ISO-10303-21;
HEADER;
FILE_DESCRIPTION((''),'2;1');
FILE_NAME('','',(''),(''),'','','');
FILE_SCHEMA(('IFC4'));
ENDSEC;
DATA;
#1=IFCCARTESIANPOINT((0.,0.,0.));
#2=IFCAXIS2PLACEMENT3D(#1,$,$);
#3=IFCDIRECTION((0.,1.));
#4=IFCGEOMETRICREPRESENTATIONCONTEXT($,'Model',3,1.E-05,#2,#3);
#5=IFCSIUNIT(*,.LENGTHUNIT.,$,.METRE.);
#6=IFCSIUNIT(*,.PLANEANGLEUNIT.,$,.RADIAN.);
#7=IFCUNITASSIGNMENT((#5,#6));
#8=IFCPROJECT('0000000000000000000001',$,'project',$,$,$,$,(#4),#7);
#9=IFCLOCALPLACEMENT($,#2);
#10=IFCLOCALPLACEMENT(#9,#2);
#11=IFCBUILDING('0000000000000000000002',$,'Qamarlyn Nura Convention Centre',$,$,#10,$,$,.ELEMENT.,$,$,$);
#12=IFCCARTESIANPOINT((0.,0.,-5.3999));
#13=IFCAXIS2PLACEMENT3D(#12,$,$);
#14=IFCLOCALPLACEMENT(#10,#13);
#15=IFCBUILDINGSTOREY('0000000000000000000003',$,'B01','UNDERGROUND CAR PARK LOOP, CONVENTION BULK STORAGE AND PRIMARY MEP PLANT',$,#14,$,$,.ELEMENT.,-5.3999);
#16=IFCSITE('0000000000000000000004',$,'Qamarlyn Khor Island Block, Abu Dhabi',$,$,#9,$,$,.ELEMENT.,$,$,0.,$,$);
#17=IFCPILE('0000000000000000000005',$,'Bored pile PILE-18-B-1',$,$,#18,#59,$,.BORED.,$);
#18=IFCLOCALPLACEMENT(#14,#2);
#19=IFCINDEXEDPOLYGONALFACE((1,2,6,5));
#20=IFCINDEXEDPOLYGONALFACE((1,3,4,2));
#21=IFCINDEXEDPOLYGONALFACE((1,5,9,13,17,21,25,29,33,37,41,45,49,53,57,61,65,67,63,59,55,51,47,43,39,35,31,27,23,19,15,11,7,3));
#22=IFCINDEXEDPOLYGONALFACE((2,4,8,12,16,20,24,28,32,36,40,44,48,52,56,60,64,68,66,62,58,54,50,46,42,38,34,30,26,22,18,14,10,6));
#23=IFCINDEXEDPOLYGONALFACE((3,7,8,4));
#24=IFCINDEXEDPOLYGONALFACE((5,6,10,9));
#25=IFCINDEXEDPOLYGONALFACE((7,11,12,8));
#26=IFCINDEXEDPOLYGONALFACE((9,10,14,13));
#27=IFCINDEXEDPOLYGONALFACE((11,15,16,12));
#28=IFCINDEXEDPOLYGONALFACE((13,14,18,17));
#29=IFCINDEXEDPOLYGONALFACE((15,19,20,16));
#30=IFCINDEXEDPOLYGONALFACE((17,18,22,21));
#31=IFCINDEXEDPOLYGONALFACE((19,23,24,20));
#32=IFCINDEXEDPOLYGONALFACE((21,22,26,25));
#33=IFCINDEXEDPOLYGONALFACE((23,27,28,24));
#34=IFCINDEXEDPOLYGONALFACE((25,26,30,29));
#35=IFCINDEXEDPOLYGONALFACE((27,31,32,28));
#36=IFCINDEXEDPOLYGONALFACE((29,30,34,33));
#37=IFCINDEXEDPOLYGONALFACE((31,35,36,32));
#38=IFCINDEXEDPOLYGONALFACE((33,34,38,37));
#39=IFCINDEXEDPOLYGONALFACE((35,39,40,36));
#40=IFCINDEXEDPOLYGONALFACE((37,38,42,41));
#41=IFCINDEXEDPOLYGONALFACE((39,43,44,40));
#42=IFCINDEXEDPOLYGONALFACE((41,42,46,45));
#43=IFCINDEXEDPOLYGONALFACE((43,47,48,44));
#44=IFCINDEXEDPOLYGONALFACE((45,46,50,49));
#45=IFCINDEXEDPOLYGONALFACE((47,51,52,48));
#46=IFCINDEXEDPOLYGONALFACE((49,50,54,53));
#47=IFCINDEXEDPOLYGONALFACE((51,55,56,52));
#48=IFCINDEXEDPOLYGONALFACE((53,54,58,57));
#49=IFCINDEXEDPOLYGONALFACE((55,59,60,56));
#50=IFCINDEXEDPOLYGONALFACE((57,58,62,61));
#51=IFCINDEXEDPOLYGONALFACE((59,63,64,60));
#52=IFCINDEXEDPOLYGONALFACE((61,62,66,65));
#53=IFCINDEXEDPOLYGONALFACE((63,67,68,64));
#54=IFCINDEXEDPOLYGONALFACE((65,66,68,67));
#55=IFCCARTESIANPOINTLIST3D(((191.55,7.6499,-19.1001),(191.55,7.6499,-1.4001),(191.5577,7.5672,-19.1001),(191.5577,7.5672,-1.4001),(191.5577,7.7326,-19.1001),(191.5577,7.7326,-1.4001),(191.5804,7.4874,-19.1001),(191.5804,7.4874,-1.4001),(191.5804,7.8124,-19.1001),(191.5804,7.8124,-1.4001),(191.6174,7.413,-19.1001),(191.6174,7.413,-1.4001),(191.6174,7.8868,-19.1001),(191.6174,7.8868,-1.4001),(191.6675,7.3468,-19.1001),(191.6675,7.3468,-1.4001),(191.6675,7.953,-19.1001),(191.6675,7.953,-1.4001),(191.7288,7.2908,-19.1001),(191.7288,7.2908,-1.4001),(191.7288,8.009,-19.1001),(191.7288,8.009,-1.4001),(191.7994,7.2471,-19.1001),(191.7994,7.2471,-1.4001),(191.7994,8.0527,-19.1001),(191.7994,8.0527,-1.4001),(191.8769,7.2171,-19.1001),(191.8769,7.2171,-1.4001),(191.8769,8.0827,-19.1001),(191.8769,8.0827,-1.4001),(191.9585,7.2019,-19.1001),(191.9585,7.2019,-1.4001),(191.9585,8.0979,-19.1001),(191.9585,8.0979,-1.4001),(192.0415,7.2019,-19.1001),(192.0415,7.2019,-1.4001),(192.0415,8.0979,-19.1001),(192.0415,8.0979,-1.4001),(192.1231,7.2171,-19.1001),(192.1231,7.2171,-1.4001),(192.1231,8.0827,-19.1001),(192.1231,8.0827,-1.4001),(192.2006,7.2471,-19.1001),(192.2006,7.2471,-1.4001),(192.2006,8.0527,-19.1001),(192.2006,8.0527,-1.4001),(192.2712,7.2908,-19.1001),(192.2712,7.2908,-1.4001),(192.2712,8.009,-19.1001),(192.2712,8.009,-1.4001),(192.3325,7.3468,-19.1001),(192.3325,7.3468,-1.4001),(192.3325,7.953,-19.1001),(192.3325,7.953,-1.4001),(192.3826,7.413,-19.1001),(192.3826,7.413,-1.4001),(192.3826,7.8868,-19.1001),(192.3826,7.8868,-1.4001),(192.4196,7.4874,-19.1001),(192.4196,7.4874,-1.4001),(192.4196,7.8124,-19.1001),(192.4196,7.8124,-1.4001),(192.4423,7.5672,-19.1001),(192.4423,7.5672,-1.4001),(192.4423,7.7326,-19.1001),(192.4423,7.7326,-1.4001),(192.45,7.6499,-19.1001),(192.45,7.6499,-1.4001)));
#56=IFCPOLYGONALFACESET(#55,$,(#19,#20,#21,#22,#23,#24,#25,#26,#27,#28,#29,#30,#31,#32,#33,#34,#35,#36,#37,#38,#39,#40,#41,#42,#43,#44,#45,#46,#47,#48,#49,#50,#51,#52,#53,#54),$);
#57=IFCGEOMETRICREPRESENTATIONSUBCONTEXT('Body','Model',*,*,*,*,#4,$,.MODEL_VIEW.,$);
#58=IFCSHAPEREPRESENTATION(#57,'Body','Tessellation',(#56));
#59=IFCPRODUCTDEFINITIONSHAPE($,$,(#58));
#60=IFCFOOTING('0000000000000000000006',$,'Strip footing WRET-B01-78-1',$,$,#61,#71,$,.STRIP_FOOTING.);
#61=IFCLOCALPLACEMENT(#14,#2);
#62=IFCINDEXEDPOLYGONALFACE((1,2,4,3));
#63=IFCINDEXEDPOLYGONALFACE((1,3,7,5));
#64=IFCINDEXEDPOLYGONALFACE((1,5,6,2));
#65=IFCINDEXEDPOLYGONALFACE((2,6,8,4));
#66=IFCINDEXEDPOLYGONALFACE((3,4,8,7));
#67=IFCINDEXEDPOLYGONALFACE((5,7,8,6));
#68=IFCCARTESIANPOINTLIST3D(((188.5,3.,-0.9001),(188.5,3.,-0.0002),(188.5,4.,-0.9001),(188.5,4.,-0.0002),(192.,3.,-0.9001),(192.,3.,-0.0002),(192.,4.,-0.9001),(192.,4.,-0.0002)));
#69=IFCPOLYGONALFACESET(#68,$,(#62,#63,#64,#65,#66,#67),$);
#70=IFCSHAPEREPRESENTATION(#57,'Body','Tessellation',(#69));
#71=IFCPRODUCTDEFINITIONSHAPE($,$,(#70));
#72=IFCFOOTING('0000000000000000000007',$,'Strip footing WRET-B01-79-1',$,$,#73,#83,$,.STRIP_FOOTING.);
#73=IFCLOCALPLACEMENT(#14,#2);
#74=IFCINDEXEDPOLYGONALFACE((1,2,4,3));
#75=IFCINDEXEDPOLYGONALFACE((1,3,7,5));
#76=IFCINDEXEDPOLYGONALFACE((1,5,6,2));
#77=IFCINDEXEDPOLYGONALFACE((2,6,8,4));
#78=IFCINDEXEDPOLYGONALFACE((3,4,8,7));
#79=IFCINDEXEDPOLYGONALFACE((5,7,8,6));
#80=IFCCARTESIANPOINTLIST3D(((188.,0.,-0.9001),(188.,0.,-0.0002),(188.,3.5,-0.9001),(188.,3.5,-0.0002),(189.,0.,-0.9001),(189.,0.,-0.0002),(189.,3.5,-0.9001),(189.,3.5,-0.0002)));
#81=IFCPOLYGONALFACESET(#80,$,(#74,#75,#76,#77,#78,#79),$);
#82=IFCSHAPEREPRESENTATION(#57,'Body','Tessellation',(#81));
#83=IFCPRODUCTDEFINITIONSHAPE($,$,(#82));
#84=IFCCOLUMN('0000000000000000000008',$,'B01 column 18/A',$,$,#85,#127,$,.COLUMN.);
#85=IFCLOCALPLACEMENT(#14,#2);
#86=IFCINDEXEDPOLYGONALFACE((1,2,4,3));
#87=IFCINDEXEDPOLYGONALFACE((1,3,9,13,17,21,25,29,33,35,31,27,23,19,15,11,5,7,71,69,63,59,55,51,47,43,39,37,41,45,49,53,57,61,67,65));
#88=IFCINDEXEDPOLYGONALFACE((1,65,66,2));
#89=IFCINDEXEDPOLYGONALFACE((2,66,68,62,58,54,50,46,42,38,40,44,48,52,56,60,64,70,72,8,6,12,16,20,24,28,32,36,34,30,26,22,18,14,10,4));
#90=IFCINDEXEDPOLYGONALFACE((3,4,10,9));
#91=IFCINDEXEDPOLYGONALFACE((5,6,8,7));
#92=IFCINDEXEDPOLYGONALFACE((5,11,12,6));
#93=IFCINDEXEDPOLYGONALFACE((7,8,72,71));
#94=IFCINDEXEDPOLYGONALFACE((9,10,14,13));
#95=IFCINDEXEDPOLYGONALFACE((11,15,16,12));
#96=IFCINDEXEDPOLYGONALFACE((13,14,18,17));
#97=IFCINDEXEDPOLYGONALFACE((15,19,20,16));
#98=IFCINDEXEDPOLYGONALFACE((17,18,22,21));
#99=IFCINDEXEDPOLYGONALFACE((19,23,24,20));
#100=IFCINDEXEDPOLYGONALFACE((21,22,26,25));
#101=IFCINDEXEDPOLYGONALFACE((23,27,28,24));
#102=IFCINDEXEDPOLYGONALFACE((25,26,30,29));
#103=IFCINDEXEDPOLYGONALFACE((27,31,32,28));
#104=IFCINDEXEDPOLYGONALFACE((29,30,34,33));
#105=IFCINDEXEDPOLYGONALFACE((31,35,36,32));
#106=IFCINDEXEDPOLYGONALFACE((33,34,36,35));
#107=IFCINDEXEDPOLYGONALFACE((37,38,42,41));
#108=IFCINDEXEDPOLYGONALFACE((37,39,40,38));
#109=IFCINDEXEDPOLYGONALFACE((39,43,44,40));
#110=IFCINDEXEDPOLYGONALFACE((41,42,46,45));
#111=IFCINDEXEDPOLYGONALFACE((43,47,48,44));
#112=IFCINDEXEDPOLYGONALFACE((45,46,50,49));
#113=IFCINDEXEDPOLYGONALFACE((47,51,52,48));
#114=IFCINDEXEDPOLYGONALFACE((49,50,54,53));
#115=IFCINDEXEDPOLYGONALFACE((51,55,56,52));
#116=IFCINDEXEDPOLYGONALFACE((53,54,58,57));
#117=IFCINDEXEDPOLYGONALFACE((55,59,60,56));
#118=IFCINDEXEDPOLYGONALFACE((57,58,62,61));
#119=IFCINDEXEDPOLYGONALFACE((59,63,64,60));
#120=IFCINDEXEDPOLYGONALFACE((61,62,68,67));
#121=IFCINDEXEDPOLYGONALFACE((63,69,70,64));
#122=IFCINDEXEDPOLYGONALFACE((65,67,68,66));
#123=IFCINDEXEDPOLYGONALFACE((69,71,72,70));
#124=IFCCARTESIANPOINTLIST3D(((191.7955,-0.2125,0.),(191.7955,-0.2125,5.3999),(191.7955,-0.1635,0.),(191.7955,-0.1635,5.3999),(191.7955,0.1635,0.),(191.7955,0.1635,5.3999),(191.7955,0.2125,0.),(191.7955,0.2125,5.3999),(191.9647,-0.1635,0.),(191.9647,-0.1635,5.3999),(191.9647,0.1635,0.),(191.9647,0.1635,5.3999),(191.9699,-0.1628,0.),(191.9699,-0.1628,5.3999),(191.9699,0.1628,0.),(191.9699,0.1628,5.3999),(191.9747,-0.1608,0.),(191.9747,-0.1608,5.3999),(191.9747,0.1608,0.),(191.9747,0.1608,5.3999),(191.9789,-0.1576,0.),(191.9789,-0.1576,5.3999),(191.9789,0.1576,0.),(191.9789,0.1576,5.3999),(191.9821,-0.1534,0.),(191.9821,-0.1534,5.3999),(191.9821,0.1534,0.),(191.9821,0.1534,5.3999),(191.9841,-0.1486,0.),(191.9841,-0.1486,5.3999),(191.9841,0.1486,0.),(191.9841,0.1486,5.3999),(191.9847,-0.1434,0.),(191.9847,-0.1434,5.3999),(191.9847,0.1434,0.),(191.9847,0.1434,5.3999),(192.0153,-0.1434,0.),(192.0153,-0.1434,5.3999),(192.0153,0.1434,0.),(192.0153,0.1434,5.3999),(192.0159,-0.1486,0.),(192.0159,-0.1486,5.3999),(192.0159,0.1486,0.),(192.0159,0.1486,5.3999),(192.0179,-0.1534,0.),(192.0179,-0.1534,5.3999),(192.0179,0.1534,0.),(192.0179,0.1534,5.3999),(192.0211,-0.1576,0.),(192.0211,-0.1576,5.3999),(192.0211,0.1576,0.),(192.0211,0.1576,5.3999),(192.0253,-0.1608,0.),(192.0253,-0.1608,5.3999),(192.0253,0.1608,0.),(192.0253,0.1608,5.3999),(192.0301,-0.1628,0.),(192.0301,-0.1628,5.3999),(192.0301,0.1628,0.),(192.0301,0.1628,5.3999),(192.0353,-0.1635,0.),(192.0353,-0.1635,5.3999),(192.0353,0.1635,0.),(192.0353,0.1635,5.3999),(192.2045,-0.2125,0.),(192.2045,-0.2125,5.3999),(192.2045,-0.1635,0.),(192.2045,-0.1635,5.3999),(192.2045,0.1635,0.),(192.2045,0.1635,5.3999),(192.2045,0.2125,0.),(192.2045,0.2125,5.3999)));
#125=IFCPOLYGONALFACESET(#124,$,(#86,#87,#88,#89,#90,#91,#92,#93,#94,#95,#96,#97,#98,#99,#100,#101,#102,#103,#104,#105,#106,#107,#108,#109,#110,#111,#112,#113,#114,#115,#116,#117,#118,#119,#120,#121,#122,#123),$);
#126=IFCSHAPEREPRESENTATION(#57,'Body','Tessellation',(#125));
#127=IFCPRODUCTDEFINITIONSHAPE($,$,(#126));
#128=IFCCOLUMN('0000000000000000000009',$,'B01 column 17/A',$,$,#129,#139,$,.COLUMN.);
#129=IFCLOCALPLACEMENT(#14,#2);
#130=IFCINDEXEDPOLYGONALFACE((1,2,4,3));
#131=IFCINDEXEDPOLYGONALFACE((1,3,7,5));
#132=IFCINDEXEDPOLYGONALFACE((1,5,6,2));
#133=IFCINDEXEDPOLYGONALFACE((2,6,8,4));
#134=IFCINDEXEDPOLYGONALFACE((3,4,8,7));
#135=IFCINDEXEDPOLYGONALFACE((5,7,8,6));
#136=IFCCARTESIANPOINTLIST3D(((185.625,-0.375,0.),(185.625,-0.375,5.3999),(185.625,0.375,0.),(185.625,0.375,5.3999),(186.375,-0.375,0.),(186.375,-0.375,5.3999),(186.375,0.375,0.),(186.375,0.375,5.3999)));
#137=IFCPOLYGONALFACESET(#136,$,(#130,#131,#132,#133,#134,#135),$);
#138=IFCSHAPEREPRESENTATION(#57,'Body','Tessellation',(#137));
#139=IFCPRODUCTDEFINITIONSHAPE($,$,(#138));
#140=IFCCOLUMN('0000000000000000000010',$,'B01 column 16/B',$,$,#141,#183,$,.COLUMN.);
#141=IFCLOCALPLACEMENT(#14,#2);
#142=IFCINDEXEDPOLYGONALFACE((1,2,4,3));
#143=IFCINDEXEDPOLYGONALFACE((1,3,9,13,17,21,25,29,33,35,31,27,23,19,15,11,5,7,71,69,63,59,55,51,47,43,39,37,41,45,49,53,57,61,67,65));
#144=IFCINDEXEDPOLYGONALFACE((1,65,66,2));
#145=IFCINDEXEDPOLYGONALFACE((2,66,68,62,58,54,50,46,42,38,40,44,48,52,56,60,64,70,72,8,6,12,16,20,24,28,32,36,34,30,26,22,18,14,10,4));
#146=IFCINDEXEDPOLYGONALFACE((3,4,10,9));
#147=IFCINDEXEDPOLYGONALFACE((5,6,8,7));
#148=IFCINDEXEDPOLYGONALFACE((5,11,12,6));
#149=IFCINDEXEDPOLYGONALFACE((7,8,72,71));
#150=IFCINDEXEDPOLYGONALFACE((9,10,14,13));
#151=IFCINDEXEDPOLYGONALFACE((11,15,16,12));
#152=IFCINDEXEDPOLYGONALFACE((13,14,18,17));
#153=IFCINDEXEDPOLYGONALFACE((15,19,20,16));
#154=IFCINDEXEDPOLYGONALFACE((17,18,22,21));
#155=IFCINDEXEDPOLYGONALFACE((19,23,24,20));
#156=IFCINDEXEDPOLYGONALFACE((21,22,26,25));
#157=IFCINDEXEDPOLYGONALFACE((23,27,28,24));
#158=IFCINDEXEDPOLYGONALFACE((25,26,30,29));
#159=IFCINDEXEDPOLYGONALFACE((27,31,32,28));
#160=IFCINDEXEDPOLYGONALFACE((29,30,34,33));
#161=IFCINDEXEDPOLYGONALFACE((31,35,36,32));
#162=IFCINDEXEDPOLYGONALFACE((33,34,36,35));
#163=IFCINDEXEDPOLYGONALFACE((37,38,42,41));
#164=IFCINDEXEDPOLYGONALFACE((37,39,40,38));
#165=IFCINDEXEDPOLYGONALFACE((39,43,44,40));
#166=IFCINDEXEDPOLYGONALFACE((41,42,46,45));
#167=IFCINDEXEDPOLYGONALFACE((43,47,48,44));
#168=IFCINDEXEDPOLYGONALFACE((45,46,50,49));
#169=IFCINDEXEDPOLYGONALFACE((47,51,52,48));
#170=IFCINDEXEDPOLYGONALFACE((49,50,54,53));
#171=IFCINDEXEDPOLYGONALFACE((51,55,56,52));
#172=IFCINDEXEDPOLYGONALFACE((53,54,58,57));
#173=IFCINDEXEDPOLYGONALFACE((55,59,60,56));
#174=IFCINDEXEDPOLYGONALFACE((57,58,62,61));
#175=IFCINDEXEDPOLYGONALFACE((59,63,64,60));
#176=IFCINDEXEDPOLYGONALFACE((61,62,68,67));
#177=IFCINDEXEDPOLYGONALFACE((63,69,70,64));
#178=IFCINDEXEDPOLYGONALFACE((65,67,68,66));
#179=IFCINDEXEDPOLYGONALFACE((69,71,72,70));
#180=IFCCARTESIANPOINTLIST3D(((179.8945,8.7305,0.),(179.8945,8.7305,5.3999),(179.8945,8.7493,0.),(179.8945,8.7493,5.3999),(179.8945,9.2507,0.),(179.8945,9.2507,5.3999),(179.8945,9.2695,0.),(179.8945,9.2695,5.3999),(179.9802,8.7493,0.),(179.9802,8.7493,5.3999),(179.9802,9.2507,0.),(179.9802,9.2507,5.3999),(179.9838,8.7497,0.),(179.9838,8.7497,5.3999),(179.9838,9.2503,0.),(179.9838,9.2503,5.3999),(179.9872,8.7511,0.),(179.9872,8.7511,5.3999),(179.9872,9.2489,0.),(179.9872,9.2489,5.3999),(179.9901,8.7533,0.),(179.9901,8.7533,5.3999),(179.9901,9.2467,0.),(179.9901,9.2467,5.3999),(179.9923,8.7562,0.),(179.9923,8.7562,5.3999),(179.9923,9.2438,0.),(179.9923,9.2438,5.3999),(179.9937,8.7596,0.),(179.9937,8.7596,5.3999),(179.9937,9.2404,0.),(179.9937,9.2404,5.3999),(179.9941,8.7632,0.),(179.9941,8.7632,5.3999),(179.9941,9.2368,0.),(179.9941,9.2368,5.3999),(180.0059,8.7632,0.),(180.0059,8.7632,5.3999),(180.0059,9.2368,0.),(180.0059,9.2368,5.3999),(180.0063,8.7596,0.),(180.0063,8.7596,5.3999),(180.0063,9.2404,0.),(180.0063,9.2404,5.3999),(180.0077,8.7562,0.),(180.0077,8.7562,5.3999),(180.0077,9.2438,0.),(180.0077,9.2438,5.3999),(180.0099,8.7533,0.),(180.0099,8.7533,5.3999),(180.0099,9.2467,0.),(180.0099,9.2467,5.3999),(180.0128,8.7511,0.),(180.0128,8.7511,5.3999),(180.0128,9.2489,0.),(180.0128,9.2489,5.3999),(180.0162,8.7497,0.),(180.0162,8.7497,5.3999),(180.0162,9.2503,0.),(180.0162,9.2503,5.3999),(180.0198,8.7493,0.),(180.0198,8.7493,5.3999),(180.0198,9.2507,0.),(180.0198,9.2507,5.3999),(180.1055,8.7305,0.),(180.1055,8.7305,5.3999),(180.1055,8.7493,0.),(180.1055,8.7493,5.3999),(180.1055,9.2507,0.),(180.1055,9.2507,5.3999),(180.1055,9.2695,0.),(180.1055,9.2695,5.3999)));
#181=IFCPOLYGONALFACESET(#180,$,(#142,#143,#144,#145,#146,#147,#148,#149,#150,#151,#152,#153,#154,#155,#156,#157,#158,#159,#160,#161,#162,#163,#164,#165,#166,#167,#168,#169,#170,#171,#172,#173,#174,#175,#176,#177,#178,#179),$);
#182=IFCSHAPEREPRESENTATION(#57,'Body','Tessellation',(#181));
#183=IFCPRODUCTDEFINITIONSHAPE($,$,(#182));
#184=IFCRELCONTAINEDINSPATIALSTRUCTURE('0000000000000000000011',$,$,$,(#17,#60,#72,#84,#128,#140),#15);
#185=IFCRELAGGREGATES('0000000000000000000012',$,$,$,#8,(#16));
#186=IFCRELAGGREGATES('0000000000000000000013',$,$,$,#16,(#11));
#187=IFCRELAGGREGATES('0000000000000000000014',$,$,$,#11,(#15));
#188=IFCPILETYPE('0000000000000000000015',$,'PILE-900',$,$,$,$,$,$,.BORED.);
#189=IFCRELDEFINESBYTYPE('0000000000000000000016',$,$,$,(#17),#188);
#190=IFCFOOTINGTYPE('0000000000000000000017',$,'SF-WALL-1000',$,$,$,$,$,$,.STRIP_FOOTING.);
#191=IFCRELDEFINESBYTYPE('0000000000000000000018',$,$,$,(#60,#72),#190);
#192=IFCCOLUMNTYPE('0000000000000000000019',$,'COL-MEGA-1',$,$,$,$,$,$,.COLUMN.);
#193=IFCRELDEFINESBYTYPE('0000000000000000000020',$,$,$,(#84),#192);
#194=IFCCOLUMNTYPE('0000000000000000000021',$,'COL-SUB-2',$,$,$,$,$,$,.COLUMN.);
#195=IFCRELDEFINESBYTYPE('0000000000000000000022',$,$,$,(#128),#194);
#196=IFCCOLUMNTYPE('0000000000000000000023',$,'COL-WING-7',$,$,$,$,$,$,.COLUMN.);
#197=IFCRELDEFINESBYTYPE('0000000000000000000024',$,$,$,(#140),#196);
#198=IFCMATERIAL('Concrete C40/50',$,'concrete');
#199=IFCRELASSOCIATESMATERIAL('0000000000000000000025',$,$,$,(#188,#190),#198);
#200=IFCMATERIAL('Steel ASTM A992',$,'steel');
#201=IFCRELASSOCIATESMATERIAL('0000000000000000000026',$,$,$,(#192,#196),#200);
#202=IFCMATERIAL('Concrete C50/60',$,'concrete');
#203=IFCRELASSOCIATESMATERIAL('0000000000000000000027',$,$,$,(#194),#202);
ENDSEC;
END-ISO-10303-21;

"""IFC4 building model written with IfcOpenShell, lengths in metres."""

from ifc_helpers import new_model, si_unit, direction, frame, origin, origin_2d, place, context, subcontext, project, spatial, rectangle, circle, i_section, extrude, material, material_profile, profile_set, type_object, element, save


model = new_model("IFC4")

# Units and contexts
model_context = context("Model", 3, precision=1e-05, world=origin(), true_north=direction((0.0, 1.0)))
body_context = subcontext(model_context, "Body", "Model", "MODEL_VIEW")
ifc_project = project(units=[si_unit("LENGTHUNIT", "METRE"), si_unit("PLANEANGLEUNIT", "RADIAN")], contexts=[model_context])

# Site, building, storey
site_placement = place(None, origin())
site = spatial("IfcSite", under=ifc_project, at=site_placement, Name="Qamarlyn Khor Island Block, Abu Dhabi", CompositionType="ELEMENT", RefElevation=0.0)
building_placement = place(site_placement, origin())
building = spatial("IfcBuilding", under=site, at=building_placement, Name="Qamarlyn Nura Convention Centre", CompositionType="ELEMENT")
storey_placement = place(building_placement, frame((0.0, 0.0, -5.3999)))
storey = spatial("IfcBuildingStorey", under=building, at=storey_placement, Name="B01", Description="UNDERGROUND CAR PARK LOOP, CONVENTION BULK STORAGE AND PRIMARY MEP PLANT", CompositionType="ELEMENT", Elevation=-5.3999)

# Shared definitions
ifc_material_1 = material(Name="Concrete C40/50", Category="concrete")

# Pile
ifc_material_profile_1 = material_profile(ifc_material_1, circle(Radius=0.45, at=origin_2d()), Name="BORED PILE 900")
ifc_profile_set_1 = profile_set([ifc_material_profile_1], Name="Concrete C40/50")
pile_type = type_object("IfcPileType", Name="PILE-900", PredefinedType="BORED", material=ifc_profile_set_1)
pile_placement = place(storey_placement, frame((192.0, 7.6499, -1.4001), z_axis=(0.0, 0.0, -1.0), x_axis=(1.0, 0.0, 0.0)))
element("IfcPile", 1, at=pile_placement, inside=storey, type_object=pile_type, Name="Bored pile PILE-18-B-1", PredefinedType="BORED", context=body_context, shape_type="SweptSolid", body=[
    extrude(circle(Radius=0.45, at=origin_2d()), origin(), (0.0, 0.0, 1.0), 17.7),
])

# Footings
ifc_material_profile_2 = material_profile(ifc_material_1, rectangle(XDim=1.0, YDim=0.8999, at=origin_2d()), Name="RC STRIP 1000x900")
ifc_profile_set_2 = profile_set([ifc_material_profile_2], Name="Concrete C40/50")
footing_type_1 = type_object("IfcFootingType", Name="SF-WALL-1000", PredefinedType="STRIP_FOOTING", material=ifc_profile_set_2)
for number, where, z_axis, x_axis, name in (
    (2, (192.0, 3.5, -0.4502), (-1.0, 0.0, 0.0), (0.0, -1.0, 0.0), "Strip footing WRET-B01-78-1"),
    (3, (188.5, 3.5, -0.4502), (0.0, -1.0, 0.0), (1.0, 0.0, 0.0), "Strip footing WRET-B01-79-1"),
):
    element("IfcFooting", number, at=place(storey_placement, frame(where, z_axis=z_axis, x_axis=x_axis)), inside=storey, type_object=footing_type_1, Name=name, PredefinedType="STRIP_FOOTING", context=body_context, shape_type="SweptSolid", body=[
        extrude(rectangle(XDim=1.0, YDim=0.8999, at=origin_2d()), origin(), (0.0, 0.0, 1.0), 3.5),
    ])

# Columns
ifc_material_2 = material(Name="Steel ASTM A992", Category="steel")
ifc_material_profile_3 = material_profile(ifc_material_2, i_section(OverallWidth=0.4089, OverallDepth=0.425, WebThickness=0.0305, FlangeThickness=0.0491, FilletRadius=0.02, at=origin_2d()), Name="W360X421")
ifc_profile_set_3 = profile_set([ifc_material_profile_3], Name="Steel ASTM A992")
column_type_1 = type_object("IfcColumnType", Name="COL-MEGA-1", PredefinedType="COLUMN", material=ifc_profile_set_3)
column_1_placement = place(storey_placement, frame((192.0, 0.0, 0.0), z_axis=(0.0, 0.0, 1.0), x_axis=(1.0, 0.0, 0.0)))
element("IfcColumn", 4, at=column_1_placement, inside=storey, type_object=column_type_1, Name="B01 column 18/A", PredefinedType="COLUMN", context=body_context, shape_type="SweptSolid", body=[
    extrude(i_section(OverallWidth=0.4089, OverallDepth=0.425, WebThickness=0.0305, FlangeThickness=0.0491, FilletRadius=0.02, at=origin_2d()), origin(), (0.0, 0.0, 1.0), 5.3999),
])
ifc_material_3 = material(Name="Concrete C50/60", Category="concrete")
ifc_material_profile_4 = material_profile(ifc_material_3, rectangle(XDim=0.75, YDim=0.75, at=origin_2d()), Name="RC 750x750")
ifc_profile_set_4 = profile_set([ifc_material_profile_4], Name="Concrete C50/60")
column_type_2 = type_object("IfcColumnType", Name="COL-SUB-2", PredefinedType="COLUMN", material=ifc_profile_set_4)
column_2_placement = place(storey_placement, frame((186.0, 0.0, 0.0), z_axis=(0.0, 0.0, 1.0), x_axis=(1.0, 0.0, 0.0)))
element("IfcColumn", 5, at=column_2_placement, inside=storey, type_object=column_type_2, Name="B01 column 17/A", PredefinedType="COLUMN", context=body_context, shape_type="SweptSolid", body=[
    extrude(rectangle(XDim=0.75, YDim=0.75, at=origin_2d()), origin(), (0.0, 0.0, 1.0), 5.3999),
])
ifc_material_profile_5 = material_profile(ifc_material_2, i_section(OverallWidth=0.2109, OverallDepth=0.5391, WebThickness=0.0117, FlangeThickness=0.0188, FilletRadius=0.0139, at=origin_2d()), Name="W530X109")
ifc_profile_set_5 = profile_set([ifc_material_profile_5], Name="Steel ASTM A992")
column_type_3 = type_object("IfcColumnType", Name="COL-WING-7", PredefinedType="COLUMN", material=ifc_profile_set_5)
column_3_placement = place(storey_placement, frame((180.0, 9.0, 0.0), z_axis=(0.0, 0.0, 1.0), x_axis=(1.0, 0.0, 0.0)))
element("IfcColumn", 6, at=column_3_placement, inside=storey, type_object=column_type_3, Name="B01 column 16/B", PredefinedType="COLUMN", context=body_context, shape_type="SweptSolid", body=[
    extrude(i_section(OverallWidth=0.2109, OverallDepth=0.5391, WebThickness=0.0117, FlangeThickness=0.0188, FilletRadius=0.0139, at=origin_2d()), origin(), (0.0, 0.0, 1.0), 5.3999),
])

save(model, "model.ifc")
